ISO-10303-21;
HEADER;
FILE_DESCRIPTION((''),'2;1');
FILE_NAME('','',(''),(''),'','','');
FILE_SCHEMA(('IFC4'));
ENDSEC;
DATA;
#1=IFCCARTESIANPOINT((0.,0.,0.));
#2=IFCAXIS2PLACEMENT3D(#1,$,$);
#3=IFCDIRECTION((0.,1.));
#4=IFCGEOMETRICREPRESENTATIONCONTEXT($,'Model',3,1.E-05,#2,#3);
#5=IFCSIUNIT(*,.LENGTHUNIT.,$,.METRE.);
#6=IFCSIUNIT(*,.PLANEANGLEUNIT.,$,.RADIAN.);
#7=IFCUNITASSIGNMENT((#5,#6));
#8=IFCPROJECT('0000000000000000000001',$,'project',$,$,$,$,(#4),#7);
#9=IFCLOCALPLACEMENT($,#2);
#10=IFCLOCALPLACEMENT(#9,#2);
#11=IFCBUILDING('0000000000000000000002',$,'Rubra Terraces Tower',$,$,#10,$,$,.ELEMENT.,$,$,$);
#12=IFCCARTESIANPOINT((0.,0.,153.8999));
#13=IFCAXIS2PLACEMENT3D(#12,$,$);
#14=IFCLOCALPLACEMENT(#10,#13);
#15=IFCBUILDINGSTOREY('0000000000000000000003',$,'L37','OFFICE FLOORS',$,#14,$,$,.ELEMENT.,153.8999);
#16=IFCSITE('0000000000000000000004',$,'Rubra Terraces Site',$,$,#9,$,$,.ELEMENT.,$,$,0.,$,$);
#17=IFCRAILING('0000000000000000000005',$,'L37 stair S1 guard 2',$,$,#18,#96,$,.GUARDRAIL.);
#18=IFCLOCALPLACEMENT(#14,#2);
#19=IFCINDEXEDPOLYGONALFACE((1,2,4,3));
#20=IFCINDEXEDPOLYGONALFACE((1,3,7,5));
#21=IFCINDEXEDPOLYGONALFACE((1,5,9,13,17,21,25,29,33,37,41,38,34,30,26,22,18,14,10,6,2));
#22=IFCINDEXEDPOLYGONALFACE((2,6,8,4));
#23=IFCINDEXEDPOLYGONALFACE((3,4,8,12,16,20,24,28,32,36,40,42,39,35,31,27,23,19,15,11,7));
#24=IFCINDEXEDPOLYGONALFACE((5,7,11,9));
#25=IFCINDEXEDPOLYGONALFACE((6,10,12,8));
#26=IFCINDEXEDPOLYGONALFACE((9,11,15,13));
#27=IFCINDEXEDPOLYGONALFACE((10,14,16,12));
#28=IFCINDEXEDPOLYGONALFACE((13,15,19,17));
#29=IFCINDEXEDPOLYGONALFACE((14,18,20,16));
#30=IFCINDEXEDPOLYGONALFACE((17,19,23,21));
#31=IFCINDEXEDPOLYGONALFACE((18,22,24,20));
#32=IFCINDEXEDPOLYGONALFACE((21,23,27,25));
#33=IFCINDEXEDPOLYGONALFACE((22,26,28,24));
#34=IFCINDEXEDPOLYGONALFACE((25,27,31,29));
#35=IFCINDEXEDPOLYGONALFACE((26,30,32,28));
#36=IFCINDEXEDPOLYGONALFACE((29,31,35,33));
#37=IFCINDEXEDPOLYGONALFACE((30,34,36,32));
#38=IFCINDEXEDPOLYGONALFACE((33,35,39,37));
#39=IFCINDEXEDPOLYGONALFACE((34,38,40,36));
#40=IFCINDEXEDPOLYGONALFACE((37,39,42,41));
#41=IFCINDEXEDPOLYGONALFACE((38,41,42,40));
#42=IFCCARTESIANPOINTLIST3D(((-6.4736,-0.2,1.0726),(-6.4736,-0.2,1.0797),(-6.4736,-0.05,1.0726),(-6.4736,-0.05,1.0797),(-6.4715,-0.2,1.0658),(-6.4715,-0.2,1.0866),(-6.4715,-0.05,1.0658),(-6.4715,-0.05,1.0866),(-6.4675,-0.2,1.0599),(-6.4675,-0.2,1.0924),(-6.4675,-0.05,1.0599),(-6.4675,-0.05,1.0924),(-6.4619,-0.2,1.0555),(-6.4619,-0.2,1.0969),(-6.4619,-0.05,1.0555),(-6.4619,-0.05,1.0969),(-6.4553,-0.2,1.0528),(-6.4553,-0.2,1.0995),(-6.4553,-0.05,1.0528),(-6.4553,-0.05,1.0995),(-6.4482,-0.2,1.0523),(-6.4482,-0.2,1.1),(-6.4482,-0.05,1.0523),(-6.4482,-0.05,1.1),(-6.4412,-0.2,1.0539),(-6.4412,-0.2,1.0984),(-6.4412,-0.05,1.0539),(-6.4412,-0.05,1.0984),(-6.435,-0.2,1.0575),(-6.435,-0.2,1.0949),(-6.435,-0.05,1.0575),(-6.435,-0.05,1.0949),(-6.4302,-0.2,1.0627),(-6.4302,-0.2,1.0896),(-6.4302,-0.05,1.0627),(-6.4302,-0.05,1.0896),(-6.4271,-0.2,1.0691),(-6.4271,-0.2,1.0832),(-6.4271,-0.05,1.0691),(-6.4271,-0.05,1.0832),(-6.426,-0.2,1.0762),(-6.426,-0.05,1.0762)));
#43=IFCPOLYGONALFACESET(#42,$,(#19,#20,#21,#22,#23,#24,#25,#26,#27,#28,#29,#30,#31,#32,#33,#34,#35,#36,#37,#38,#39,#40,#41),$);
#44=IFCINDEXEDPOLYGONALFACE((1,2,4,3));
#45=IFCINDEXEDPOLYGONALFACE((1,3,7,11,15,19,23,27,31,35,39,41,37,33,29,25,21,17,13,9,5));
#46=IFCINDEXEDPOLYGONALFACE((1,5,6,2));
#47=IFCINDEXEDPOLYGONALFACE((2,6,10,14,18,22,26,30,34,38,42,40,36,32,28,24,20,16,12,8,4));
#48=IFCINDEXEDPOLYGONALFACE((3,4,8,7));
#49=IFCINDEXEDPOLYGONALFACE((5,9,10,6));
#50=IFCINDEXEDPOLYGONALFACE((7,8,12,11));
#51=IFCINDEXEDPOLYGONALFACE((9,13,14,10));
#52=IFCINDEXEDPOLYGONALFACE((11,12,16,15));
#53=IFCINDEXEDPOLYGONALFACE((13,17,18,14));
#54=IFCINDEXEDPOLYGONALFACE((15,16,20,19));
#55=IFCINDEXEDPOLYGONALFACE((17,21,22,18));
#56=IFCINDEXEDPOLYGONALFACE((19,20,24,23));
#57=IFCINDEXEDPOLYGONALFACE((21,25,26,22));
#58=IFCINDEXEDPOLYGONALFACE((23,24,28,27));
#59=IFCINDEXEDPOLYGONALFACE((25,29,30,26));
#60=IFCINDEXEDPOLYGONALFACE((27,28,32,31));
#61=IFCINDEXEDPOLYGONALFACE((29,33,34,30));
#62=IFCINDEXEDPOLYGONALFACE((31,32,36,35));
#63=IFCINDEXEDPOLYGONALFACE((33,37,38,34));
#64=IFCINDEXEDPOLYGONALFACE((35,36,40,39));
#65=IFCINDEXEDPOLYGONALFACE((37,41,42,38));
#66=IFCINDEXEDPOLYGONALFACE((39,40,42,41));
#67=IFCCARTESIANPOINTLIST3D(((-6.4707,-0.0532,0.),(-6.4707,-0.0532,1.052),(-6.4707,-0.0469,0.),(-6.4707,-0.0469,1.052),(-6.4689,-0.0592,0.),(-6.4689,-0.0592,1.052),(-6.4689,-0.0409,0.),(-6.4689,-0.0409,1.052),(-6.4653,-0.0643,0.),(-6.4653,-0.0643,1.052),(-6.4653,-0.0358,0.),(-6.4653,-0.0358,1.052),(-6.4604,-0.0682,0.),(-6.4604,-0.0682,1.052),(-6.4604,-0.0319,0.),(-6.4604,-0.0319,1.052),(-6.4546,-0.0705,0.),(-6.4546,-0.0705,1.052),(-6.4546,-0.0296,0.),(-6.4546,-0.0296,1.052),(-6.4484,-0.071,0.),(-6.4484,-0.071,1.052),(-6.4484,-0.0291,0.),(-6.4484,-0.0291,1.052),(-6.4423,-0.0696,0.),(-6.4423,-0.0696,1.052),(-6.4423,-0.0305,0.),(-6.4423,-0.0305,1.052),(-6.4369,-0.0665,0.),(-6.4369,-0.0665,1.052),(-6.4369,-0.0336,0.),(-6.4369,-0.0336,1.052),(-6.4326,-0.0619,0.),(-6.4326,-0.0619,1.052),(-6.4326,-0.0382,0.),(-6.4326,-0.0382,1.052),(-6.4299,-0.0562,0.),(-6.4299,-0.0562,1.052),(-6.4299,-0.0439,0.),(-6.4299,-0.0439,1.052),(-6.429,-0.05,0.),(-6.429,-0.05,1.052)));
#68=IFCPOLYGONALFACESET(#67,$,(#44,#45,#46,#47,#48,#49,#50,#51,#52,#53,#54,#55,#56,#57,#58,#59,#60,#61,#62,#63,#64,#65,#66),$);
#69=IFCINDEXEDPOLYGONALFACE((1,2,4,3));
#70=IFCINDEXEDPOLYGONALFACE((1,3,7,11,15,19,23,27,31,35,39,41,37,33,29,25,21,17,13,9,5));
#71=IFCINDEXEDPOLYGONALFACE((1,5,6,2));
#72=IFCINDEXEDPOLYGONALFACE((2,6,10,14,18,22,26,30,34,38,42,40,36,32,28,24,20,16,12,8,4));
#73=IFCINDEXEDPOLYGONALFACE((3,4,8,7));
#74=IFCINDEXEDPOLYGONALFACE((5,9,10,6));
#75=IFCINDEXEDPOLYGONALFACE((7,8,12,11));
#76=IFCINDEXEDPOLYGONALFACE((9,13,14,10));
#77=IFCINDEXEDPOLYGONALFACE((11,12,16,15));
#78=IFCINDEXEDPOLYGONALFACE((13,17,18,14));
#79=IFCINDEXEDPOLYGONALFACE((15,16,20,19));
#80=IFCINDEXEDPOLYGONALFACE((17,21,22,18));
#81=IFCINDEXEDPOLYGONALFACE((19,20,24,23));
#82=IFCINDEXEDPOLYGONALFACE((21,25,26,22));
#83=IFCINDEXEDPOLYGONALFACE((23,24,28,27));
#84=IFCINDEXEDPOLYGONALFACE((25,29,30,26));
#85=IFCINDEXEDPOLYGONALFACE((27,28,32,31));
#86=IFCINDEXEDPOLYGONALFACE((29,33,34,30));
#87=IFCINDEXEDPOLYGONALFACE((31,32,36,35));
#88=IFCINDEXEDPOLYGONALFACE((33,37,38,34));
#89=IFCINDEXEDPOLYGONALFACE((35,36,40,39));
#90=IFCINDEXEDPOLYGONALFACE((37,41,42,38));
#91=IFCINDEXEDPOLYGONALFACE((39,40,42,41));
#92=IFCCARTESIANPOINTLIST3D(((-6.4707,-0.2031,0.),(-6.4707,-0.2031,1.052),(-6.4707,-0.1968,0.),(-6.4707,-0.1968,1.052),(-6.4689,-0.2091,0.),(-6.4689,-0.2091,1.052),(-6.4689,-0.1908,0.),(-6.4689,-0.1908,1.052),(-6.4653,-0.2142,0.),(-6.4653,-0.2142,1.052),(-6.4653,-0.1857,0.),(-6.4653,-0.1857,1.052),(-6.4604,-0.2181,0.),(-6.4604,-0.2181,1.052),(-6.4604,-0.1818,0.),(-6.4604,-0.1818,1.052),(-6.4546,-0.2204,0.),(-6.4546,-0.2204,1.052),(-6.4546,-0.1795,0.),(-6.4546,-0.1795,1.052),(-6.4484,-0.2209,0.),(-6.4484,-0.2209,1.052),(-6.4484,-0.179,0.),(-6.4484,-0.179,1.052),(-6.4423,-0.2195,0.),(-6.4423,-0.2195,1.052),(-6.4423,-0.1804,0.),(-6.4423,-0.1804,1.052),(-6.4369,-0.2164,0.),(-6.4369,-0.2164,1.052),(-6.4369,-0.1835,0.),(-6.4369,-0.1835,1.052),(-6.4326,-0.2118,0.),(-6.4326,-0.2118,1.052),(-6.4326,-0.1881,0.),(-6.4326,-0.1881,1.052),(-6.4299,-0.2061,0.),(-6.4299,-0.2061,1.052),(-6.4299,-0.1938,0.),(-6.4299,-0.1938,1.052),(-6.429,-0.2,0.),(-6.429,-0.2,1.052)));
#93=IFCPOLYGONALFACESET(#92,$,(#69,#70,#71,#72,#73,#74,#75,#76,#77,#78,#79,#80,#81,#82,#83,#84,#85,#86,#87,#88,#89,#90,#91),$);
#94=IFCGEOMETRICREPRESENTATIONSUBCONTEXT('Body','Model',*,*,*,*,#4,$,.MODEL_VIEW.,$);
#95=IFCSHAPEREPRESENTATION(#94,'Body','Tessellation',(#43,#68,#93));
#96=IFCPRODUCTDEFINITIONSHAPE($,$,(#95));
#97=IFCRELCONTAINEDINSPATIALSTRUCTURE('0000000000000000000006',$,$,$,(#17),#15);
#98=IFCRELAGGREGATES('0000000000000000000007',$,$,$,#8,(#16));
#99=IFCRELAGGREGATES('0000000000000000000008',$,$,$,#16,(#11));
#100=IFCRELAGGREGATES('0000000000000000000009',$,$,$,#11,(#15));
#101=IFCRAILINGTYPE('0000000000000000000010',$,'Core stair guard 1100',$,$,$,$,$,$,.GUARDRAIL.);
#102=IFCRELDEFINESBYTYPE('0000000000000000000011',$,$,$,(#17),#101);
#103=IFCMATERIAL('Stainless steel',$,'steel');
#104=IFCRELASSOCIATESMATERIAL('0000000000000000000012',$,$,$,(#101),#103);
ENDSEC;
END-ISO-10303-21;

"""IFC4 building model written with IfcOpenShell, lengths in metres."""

from ifc_helpers import new_model, si_unit, direction, frame, origin, origin_2d, place, context, subcontext, project, spatial, circle, extrude, material, type_object, element, save


model = new_model("IFC4")

# Units and contexts
model_context = context("Model", 3, precision=1e-05, world=origin(), true_north=direction((0.0, 1.0)))
body_context = subcontext(model_context, "Body", "Model", "MODEL_VIEW")
ifc_project = project(units=[si_unit("LENGTHUNIT", "METRE"), si_unit("PLANEANGLEUNIT", "RADIAN")], contexts=[model_context])

# Site, building, storey
site_placement = place(None, origin())
site = spatial("IfcSite", under=ifc_project, at=site_placement, Name="Rubra Terraces Site", CompositionType="ELEMENT", RefElevation=0.0)
building_placement = place(site_placement, origin())
building = spatial("IfcBuilding", under=site, at=building_placement, Name="Rubra Terraces Tower", CompositionType="ELEMENT")
storey_placement = place(building_placement, frame((0.0, 0.0, 153.8999)))
storey = spatial("IfcBuildingStorey", under=building, at=storey_placement, Name="L37", Description="OFFICE FLOORS", CompositionType="ELEMENT", Elevation=153.8999)

# Railing
ifc_material_1 = material(Name="Stainless steel", Category="steel")
railing_type = type_object("IfcRailingType", Name="Core stair guard 1100", PredefinedType="GUARDRAIL", material=ifc_material_1)
railing_1_placement = place(storey_placement, frame((-6.45, -0.05, 0.0)))
element("IfcRailing", 1, at=railing_1_placement, inside=storey, type_object=railing_type, Name="L37 stair S1 guard 2", PredefinedType="GUARDRAIL", context=body_context, shape_type="SweptSolid", body=[
    extrude(circle(Radius=0.0239, at=origin_2d()), frame((0.0, 0.0, 1.0762), z_axis=(0.0, -1.0, 0.0), x_axis=(1.0, 0.0, 0.0)), (0.0, 0.0, 1.0), 0.1499),
    extrude(circle(Radius=0.021, at=origin_2d()), origin(), (0.0, 0.0, 1.0), 1.052),
    extrude(circle(Radius=0.021, at=origin_2d()), frame((0.0, -0.1499, 0.0)), (0.0, 0.0, 1.0), 1.052),
])

save(model, "model.ifc")
